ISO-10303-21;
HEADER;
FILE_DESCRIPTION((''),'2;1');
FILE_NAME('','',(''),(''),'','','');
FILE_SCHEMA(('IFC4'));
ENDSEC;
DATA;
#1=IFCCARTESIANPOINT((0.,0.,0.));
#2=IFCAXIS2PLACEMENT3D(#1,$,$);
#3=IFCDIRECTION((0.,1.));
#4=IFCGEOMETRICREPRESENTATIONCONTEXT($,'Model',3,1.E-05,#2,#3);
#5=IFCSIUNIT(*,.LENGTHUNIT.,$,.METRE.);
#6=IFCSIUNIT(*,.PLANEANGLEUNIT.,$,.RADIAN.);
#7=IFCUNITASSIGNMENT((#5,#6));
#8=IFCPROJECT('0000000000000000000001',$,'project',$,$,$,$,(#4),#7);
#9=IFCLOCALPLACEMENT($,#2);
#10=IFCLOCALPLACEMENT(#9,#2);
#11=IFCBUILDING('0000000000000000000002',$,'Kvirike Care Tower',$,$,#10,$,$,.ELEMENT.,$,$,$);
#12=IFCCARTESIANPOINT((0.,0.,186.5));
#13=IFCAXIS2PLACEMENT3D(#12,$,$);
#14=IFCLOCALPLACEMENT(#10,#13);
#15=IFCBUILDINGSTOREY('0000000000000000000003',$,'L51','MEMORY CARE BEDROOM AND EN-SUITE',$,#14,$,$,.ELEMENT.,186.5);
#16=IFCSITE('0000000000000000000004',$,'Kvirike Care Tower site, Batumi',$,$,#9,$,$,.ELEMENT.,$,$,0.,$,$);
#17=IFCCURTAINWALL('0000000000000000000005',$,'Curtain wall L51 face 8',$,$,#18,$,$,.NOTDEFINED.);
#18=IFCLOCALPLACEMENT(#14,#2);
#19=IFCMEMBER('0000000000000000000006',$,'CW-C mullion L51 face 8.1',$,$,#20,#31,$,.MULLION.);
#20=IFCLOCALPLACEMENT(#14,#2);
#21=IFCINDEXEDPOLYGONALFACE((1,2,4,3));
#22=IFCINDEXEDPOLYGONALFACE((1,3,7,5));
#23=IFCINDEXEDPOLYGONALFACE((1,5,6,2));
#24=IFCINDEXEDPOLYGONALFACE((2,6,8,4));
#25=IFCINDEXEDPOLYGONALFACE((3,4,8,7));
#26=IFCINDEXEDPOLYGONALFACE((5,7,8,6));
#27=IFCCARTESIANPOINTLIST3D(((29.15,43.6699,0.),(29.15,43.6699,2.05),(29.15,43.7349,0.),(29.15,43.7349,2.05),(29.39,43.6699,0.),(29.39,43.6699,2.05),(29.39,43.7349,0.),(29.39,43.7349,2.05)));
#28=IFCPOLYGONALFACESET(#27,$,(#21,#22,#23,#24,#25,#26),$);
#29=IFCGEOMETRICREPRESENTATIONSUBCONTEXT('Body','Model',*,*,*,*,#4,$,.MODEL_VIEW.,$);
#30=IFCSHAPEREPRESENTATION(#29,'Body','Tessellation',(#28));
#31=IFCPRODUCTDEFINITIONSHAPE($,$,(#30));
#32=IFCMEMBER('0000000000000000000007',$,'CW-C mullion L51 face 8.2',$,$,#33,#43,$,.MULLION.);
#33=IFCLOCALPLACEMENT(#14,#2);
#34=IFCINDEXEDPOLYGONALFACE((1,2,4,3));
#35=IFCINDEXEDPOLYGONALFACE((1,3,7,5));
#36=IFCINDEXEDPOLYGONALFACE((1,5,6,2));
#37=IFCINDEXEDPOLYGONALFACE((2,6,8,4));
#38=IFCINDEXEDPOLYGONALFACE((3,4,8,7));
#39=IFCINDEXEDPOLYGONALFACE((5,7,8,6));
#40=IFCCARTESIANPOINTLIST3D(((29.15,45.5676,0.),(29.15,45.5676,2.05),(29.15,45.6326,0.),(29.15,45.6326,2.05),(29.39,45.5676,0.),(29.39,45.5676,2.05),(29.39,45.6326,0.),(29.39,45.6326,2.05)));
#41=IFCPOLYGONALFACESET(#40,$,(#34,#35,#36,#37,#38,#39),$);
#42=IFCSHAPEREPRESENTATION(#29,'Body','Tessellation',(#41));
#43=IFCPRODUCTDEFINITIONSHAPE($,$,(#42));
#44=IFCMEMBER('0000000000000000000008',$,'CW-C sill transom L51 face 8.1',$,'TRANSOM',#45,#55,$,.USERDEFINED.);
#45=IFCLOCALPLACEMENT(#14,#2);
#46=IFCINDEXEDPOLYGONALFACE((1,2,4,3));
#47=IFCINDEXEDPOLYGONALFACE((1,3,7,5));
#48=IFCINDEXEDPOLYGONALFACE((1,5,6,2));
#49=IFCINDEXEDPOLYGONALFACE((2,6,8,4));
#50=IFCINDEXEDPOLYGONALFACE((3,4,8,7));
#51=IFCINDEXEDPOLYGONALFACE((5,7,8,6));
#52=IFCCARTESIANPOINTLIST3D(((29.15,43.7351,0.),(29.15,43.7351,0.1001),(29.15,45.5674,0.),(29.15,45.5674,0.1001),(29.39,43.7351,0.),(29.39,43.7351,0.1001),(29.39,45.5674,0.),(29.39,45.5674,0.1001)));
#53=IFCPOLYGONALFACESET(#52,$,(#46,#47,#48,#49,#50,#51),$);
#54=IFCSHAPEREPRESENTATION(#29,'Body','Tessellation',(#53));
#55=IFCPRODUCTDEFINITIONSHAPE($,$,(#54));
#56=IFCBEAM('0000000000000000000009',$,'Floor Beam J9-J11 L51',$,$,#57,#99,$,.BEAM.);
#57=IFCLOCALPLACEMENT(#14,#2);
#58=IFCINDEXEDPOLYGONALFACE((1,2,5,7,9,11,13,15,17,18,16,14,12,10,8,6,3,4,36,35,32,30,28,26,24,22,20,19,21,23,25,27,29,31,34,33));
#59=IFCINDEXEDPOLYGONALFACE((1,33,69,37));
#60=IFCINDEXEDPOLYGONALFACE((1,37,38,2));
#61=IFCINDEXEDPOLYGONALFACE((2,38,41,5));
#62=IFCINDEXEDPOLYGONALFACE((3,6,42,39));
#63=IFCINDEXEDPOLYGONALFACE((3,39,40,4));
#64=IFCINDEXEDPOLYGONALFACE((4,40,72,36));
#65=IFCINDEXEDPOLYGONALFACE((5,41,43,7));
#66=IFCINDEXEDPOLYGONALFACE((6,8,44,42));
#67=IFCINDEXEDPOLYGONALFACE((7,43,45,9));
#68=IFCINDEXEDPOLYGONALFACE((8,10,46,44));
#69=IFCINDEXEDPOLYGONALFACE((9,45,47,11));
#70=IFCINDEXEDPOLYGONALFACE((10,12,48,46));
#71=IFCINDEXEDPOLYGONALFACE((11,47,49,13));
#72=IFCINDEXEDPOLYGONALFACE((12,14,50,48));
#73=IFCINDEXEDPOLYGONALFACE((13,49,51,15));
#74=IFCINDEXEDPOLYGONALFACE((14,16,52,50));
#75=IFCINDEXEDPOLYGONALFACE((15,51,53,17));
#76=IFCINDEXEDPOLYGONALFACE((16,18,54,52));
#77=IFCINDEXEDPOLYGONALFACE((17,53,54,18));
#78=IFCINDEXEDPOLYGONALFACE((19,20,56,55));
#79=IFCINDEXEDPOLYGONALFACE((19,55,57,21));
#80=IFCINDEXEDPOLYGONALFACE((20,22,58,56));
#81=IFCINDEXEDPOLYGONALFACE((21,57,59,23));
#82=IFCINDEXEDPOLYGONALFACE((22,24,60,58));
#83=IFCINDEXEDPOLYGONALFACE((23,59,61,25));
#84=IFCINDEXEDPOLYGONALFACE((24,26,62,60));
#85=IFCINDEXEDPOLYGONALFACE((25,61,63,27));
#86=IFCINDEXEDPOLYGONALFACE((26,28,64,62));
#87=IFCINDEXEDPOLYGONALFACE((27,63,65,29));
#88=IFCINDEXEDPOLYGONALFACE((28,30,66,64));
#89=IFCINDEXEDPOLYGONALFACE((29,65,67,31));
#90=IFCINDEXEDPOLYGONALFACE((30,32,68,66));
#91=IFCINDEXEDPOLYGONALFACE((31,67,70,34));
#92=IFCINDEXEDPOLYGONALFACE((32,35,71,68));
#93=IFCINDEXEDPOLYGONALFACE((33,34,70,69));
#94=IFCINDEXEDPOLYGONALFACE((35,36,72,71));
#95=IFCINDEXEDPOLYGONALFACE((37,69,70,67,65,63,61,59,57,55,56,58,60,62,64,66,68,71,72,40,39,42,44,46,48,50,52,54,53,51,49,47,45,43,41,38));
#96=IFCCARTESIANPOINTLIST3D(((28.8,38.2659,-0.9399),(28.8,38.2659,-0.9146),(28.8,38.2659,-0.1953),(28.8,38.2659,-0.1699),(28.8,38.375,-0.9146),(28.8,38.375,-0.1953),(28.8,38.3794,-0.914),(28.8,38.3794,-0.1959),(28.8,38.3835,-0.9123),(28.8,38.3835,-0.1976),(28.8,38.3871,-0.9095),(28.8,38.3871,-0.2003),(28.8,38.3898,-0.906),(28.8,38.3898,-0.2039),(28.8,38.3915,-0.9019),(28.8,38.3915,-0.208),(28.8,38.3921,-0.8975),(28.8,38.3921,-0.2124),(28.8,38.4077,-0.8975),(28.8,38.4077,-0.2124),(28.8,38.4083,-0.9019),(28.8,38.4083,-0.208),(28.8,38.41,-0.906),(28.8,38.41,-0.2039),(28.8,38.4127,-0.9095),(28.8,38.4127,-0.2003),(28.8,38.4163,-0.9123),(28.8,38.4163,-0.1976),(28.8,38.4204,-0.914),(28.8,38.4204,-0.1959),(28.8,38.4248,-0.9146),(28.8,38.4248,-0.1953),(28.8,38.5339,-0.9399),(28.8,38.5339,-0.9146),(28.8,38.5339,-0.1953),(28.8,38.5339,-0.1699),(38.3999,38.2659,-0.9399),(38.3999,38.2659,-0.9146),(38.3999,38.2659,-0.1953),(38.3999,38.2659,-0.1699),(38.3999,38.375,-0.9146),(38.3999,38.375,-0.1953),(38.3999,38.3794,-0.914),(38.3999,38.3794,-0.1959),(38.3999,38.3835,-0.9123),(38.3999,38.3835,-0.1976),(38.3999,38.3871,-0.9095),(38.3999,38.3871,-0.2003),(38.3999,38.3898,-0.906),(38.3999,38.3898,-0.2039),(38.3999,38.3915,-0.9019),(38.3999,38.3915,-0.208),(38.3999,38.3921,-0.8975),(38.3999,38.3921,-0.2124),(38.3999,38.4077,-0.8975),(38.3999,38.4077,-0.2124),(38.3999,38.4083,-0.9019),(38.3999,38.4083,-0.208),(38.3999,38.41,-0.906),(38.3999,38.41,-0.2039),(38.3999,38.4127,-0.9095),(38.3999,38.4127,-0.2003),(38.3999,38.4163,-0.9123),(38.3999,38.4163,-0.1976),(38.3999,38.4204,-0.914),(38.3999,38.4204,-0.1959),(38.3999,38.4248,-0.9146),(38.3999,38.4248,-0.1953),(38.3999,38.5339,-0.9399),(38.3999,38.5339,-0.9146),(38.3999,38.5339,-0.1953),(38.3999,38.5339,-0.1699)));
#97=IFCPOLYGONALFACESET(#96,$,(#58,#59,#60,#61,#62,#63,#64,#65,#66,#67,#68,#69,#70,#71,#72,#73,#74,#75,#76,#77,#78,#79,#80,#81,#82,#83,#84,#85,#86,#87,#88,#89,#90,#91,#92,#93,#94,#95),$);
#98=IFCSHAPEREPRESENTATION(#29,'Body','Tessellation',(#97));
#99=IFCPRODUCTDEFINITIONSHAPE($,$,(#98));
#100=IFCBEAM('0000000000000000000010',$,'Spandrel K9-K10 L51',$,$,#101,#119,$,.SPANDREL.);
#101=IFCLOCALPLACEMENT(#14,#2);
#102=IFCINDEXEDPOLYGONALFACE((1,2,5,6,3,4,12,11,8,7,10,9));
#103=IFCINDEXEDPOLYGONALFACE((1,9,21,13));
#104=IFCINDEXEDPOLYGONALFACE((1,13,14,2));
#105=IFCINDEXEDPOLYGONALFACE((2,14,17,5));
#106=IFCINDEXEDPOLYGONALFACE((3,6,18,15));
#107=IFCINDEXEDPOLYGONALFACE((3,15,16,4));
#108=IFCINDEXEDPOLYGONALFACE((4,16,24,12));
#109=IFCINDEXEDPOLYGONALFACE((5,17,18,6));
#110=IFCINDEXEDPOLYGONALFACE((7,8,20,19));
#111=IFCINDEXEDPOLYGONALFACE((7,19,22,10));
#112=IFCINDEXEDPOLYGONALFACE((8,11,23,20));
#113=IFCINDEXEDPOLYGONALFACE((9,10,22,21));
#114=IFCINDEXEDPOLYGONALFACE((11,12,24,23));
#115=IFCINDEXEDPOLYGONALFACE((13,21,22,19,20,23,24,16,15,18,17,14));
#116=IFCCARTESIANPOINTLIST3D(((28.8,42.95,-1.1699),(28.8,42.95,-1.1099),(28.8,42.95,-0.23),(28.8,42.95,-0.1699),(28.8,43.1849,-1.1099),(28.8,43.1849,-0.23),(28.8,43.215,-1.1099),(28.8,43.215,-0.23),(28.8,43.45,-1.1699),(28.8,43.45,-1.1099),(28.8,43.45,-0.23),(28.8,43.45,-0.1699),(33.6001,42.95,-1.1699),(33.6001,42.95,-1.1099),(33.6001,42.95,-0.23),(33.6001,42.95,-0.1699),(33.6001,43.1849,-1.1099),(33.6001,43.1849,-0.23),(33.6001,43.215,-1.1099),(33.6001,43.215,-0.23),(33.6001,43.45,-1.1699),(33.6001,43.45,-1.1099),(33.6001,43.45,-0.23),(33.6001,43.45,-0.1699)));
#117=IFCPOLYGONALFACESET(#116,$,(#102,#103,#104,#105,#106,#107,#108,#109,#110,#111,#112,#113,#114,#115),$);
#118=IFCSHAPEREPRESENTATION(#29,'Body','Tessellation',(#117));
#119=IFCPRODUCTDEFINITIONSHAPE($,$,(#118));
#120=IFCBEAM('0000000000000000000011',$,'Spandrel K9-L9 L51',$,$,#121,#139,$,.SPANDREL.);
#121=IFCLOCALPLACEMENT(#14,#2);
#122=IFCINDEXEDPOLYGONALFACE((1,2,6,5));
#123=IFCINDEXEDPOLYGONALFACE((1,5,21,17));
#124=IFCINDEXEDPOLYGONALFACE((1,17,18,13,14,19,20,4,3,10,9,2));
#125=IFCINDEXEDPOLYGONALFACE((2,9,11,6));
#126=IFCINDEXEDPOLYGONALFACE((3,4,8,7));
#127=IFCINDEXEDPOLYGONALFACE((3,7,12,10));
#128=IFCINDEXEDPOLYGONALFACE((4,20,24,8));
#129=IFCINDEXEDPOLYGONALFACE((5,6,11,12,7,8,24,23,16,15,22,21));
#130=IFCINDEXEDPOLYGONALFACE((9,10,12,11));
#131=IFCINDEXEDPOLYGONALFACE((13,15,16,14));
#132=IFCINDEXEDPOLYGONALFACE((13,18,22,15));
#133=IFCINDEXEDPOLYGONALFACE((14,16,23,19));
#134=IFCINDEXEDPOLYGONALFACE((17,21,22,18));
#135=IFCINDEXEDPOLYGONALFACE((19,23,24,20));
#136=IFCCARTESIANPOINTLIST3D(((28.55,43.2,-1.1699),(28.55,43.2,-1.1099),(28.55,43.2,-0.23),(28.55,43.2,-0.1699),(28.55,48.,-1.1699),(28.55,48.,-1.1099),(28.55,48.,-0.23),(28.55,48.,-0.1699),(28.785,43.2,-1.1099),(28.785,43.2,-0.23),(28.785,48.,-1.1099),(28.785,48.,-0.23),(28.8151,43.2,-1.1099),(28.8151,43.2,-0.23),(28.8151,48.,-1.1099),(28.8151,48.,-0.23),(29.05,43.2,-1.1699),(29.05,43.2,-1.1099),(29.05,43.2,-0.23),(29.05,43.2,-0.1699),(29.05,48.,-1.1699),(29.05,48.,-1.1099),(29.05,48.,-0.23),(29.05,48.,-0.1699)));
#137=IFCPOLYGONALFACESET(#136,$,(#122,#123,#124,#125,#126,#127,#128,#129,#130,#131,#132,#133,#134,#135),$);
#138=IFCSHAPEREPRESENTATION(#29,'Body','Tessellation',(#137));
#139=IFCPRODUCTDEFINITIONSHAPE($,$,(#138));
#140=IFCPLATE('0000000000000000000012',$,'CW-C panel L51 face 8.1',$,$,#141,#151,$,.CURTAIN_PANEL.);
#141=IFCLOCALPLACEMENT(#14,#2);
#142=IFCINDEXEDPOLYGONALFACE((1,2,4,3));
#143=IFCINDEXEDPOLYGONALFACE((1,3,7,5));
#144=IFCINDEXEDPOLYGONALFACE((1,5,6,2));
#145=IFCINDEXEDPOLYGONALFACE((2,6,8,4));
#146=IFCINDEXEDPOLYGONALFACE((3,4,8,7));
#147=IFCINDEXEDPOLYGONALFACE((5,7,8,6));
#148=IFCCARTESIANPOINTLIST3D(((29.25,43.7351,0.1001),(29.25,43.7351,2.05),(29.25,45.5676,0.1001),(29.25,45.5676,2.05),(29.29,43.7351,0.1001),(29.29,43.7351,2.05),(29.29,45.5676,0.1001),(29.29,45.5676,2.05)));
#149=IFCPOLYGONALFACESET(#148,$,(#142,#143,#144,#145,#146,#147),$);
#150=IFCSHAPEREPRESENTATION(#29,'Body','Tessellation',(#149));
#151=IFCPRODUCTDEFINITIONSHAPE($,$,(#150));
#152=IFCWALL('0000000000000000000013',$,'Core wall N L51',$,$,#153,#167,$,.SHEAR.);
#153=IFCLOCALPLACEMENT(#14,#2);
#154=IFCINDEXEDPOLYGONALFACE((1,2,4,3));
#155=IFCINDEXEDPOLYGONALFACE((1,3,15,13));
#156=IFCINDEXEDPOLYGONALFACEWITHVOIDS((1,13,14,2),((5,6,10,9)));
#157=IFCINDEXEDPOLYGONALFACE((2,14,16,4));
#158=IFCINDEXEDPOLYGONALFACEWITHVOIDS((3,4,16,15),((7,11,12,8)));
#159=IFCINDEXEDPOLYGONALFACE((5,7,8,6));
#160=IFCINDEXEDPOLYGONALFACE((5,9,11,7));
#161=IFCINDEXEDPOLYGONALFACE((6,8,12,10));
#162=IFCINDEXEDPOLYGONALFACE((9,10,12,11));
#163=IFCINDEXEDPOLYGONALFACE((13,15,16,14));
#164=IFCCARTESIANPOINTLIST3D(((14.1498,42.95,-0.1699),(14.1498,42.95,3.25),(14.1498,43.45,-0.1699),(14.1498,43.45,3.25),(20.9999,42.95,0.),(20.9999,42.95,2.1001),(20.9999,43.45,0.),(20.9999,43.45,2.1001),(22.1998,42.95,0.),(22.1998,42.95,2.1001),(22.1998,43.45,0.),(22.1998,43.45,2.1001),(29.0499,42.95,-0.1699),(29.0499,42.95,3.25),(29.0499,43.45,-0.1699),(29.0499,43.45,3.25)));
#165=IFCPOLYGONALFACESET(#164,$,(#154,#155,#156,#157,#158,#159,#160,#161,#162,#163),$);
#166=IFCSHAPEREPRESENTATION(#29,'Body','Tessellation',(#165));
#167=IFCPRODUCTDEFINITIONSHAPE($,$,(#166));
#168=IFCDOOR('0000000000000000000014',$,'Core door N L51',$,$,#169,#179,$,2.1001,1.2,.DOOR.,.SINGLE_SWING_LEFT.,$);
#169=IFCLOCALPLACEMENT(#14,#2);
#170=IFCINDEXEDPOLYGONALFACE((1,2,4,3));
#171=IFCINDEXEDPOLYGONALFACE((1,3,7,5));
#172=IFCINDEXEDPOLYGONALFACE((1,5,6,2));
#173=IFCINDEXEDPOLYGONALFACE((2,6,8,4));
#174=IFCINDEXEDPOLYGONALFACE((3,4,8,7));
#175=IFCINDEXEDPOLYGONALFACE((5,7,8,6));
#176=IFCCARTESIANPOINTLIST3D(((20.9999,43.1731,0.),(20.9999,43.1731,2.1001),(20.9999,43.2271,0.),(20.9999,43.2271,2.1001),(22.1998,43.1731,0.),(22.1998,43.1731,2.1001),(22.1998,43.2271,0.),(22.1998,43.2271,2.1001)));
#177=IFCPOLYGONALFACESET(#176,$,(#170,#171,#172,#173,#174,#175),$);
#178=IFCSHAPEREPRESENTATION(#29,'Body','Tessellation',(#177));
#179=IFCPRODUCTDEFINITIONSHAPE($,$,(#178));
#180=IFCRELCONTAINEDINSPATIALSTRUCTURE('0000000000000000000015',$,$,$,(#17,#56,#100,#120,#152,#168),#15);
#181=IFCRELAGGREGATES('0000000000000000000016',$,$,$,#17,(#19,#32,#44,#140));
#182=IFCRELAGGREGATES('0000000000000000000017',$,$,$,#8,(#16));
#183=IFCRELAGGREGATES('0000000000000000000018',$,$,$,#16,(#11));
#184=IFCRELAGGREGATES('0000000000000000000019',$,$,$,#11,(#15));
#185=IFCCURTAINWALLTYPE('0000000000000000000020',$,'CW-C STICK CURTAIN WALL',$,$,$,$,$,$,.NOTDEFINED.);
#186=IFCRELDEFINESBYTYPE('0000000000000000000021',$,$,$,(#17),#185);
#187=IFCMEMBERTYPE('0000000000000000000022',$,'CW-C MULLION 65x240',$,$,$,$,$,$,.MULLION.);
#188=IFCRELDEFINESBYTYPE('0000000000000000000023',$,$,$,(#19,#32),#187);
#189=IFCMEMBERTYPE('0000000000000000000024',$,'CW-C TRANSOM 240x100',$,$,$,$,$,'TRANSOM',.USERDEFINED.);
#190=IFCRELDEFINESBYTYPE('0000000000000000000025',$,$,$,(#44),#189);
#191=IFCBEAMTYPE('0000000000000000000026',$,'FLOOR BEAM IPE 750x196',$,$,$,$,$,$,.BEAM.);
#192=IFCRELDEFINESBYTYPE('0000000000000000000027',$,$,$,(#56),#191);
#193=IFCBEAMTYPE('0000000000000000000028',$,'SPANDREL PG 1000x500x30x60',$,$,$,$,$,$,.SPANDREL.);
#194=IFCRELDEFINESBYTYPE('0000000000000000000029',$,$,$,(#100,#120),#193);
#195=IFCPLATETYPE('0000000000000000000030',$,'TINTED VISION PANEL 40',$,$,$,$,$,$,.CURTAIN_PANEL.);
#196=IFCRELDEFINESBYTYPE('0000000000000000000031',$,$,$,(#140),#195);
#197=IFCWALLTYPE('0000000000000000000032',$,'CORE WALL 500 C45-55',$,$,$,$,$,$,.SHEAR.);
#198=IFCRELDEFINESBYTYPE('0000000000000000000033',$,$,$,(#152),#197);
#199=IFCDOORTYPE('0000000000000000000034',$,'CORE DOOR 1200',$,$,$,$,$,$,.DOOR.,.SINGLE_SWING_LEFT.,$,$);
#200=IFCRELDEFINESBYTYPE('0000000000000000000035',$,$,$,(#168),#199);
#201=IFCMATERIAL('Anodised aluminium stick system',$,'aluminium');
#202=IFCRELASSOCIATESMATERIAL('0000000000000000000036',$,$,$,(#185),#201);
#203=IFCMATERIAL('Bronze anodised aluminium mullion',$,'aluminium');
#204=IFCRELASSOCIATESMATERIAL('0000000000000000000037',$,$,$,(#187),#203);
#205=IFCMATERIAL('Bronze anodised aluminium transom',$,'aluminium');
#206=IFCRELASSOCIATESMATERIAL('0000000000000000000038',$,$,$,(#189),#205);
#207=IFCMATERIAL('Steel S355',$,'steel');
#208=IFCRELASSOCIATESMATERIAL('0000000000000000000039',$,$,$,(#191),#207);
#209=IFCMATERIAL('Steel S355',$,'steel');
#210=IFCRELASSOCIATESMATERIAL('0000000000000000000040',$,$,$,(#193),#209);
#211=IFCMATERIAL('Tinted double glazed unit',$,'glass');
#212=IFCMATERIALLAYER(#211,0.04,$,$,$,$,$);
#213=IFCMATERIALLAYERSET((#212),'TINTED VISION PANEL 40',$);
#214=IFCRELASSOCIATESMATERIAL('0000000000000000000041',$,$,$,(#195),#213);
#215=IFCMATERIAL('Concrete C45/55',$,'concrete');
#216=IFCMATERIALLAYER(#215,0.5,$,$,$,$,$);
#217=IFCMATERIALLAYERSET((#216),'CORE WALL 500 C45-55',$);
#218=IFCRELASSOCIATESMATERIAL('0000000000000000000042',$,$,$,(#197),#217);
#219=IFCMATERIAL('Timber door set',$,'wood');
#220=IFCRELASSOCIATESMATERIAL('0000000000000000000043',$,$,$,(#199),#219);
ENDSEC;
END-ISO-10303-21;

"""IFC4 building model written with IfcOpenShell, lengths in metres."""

from ifc_helpers import new_model, si_unit, direction, frame, frame_2d, origin, origin_2d, place, context, subcontext, project, spatial, rectangle, i_section, extrude, material, layer, layer_set, material_profile, profile_set, type_object, element, fill, aggregate, save


model = new_model("IFC4")

# Units and contexts
model_context = context("Model", 3, precision=1e-05, world=origin(), true_north=direction((0.0, 1.0)))
body_context = subcontext(model_context, "Body", "Model", "MODEL_VIEW")
ifc_project = project(units=[si_unit("LENGTHUNIT", "METRE"), si_unit("PLANEANGLEUNIT", "RADIAN")], contexts=[model_context])

# Site, building, storey
site_placement = place(None, origin())
site = spatial("IfcSite", under=ifc_project, at=site_placement, Name="Kvirike Care Tower site, Batumi", CompositionType="ELEMENT", RefElevation=0.0)
building_placement = place(site_placement, origin())
building = spatial("IfcBuilding", under=site, at=building_placement, Name="Kvirike Care Tower", CompositionType="ELEMENT")
storey_placement = place(building_placement, frame((0.0, 0.0, 186.5)))
storey = spatial("IfcBuildingStorey", under=building, at=storey_placement, Name="L51", Description="MEMORY CARE BEDROOM AND EN-SUITE", CompositionType="ELEMENT", Elevation=186.5)

# Curtain wall, members
ifc_material_1 = material(Name="Anodised aluminium stick system", Category="aluminium")
curtain_wall_type = type_object("IfcCurtainWallType", Name="CW-C STICK CURTAIN WALL", PredefinedType="NOTDEFINED", material=ifc_material_1)
curtain_wall_placement = place(storey_placement, origin())
curtain_wall = element("IfcCurtainWall", 1, at=curtain_wall_placement, inside=storey, type_object=curtain_wall_type, Name="Curtain wall L51 face 8", PredefinedType="NOTDEFINED")
ifc_material_2 = material(Name="Bronze anodised aluminium mullion", Category="aluminium")
ifc_material_profile_1 = material_profile(ifc_material_2, rectangle(XDim=0.0649, YDim=0.24, at=origin_2d()), Name="CW-C MULLION 65x240")
ifc_profile_set_1 = profile_set([ifc_material_profile_1], Name="Bronze anodised aluminium mullion")
member_type_1 = type_object("IfcMemberType", Name="CW-C MULLION 65x240", PredefinedType="MULLION", material=ifc_profile_set_1)
member_1_placement = place(storey_placement, frame((29.27, 43.7024, 0.0), z_axis=(0.0, 0.0, 1.0), x_axis=(0.0, 1.0, 0.0)))
member_1 = element("IfcMember", 2, at=member_1_placement, type_object=member_type_1, Name="CW-C mullion L51 face 8.1", PredefinedType="MULLION", context=body_context, shape_type="SweptSolid", body=[
    extrude(rectangle(XDim=0.0649, YDim=0.24, at=origin_2d()), origin(), (0.0, 0.0, 1.0), 2.05),
])
member_2_placement = place(storey_placement, frame((29.27, 45.6001, 0.0), z_axis=(0.0, 0.0, 1.0), x_axis=(0.0, 1.0, 0.0)))
member_2 = element("IfcMember", 3, at=member_2_placement, type_object=member_type_1, Name="CW-C mullion L51 face 8.2", PredefinedType="MULLION", context=body_context, shape_type="SweptSolid", body=[
    extrude(rectangle(XDim=0.0649, YDim=0.24, at=origin_2d()), origin(), (0.0, 0.0, 1.0), 2.05),
])
ifc_material_3 = material(Name="Bronze anodised aluminium transom", Category="aluminium")
ifc_material_profile_2 = material_profile(ifc_material_3, rectangle(XDim=0.24, YDim=0.1001, at=origin_2d()), Name="CW-C TRANSOM 240x100")
ifc_profile_set_2 = profile_set([ifc_material_profile_2], Name="Bronze anodised aluminium transom")
member_type_2 = type_object("IfcMemberType", Name="CW-C TRANSOM 240x100", ElementType="TRANSOM", PredefinedType="USERDEFINED", material=ifc_profile_set_2)
member_3_placement = place(storey_placement, frame((29.27, 43.7351, 0.05), z_axis=(0.0, 1.0, 0.0), x_axis=(-1.0, 0.0, 0.0)))
member_3 = element("IfcMember", 4, at=member_3_placement, type_object=member_type_2, Name="CW-C sill transom L51 face 8.1", ObjectType="TRANSOM", PredefinedType="USERDEFINED", context=body_context, shape_type="SweptSolid", body=[
    extrude(rectangle(XDim=0.24, YDim=0.1001, at=origin_2d()), origin(), (0.0, 0.0, 1.0), 1.8323),
])

# Beams
ifc_material_4 = material(Name="Steel S355", Category="steel")
ifc_material_profile_3 = material_profile(ifc_material_4, i_section(OverallWidth=0.2681, OverallDepth=0.77, WebThickness=0.0156, FlangeThickness=0.0254, FilletRadius=0.0171, at=origin_2d()), Name="IPE 750x196")
ifc_profile_set_3 = profile_set([ifc_material_profile_3], Name="Steel S355")
beam_type_1 = type_object("IfcBeamType", Name="FLOOR BEAM IPE 750x196", PredefinedType="BEAM", material=ifc_profile_set_3)
beam_placement = place(storey_placement, frame((28.8, 38.3999, -0.5549), z_axis=(1.0, 0.0, 0.0), x_axis=(0.0, 1.0, 0.0)))
element("IfcBeam", 5, at=beam_placement, inside=storey, type_object=beam_type_1, Name="Floor Beam J9-J11 L51", PredefinedType="BEAM", context=body_context, shape_type="SweptSolid", body=[
    extrude(i_section(OverallWidth=0.2681, OverallDepth=0.77, WebThickness=0.0156, FlangeThickness=0.0254, FilletRadius=0.0171, at=origin_2d()), origin(), (0.0, 0.0, 1.0), 9.5999),
])
ifc_material_5 = material(Name="Steel S355", Category="steel")
ifc_material_profile_4 = material_profile(ifc_material_5, i_section(OverallWidth=0.5, OverallDepth=1.0, WebThickness=0.03, FlangeThickness=0.0601, at=origin_2d()), Name="PG 1000x500x30x60")
ifc_profile_set_4 = profile_set([ifc_material_profile_4], Name="Steel S355")
beam_type_2 = type_object("IfcBeamType", Name="SPANDREL PG 1000x500x30x60", PredefinedType="SPANDREL", material=ifc_profile_set_4)
for number, where, z_axis, x_axis, name in (
    (6, (28.8, 43.2, -0.6699), (1.0, 0.0, 0.0), (0.0, 1.0, 0.0), "Spandrel K9-K10 L51"),
    (7, (28.8, 43.2, -0.6699), (0.0, 1.0, 0.0), (-1.0, 0.0, 0.0), "Spandrel K9-L9 L51"),
):
    element("IfcBeam", number, at=place(storey_placement, frame(where, z_axis=z_axis, x_axis=x_axis)), inside=storey, type_object=beam_type_2, Name=name, PredefinedType="SPANDREL", context=body_context, shape_type="SweptSolid", body=[
        extrude(i_section(OverallWidth=0.5, OverallDepth=1.0, WebThickness=0.03, FlangeThickness=0.0601, at=origin_2d()), origin(), (0.0, 0.0, 1.0), 4.8),
    ])

# Plate
ifc_material_6 = material(Name="Tinted double glazed unit", Category="glass")
ifc_layer_1 = layer(ifc_material_6, 0.04)
ifc_layer_set_1 = layer_set([ifc_layer_1], Name="TINTED VISION PANEL 40")
plate_type = type_object("IfcPlateType", Name="TINTED VISION PANEL 40", PredefinedType="CURTAIN_PANEL", material=ifc_layer_set_1)
plate_placement = place(storey_placement, frame((29.27, 44.6514, 0.1001), z_axis=(0.0, 0.0, 1.0), x_axis=(0.0, 1.0, 0.0)))
plate = element("IfcPlate", 8, at=plate_placement, type_object=plate_type, Name="CW-C panel L51 face 8.1", PredefinedType="CURTAIN_PANEL", context=body_context, shape_type="SweptSolid", body=[
    extrude(rectangle(XDim=1.8325, YDim=0.04, at=origin_2d()), origin(), (0.0, 0.0, 1.0), 1.95),
])
aggregate(curtain_wall, [member_1, member_2, member_3, plate])

# Wall, opening, door
ifc_material_7 = material(Name="Concrete C45/55", Category="concrete")
ifc_layer_2 = layer(ifc_material_7, 0.5)
ifc_layer_set_2 = layer_set([ifc_layer_2], Name="CORE WALL 500 C45-55")
wall_type_1 = type_object("IfcWallType", Name="CORE WALL 500 C45-55", PredefinedType="SHEAR", material=ifc_layer_set_2)
wall_1_placement = place(storey_placement, frame((29.05, 43.2, -0.1699), z_axis=(0.0, 0.0, 1.0), x_axis=(-1.0, 0.0, 0.0)))
wall_1 = element("IfcWall", 9, at=wall_1_placement, inside=storey, type_object=wall_type_1, Name="Core wall N L51", PredefinedType="SHEAR", context=body_context, shape_type="SweptSolid", body=[
    extrude(rectangle(XDim=14.9001, YDim=0.5, at=frame_2d((7.4502, 0.0))), origin(), (0.0, 0.0, 1.0), 3.4199),
])
opening_1_placement = place(wall_1_placement, frame((6.8501, 0.0, 0.1699)))
opening_1 = element("IfcOpeningElement", 10, at=opening_1_placement, cuts=wall_1, PredefinedType="OPENING", context=body_context, shape_type="SweptSolid", body=[
    extrude(rectangle(XDim=1.2, YDim=2.1001, at=frame_2d((0.6001, 1.05))), frame((0.0, 0.2605, 0.0), z_axis=(0.0, -1.0, 0.0), x_axis=(1.0, 0.0, 0.0)), (0.0, 0.0, 1.0), 0.521),
])
ifc_material_8 = material(Name="Timber door set", Category="wood")
door_type_1 = type_object("IfcDoorType", Name="CORE DOOR 1200", OperationType="SINGLE_SWING_LEFT", PredefinedType="DOOR", material=ifc_material_8)
door_1_placement = place(opening_1_placement, origin())
door_1 = element("IfcDoor", 11, at=door_1_placement, inside=storey, type_object=door_type_1, Name="Core door N L51", OperationType="SINGLE_SWING_LEFT", OverallHeight=2.1001, OverallWidth=1.2, PredefinedType="DOOR", context=body_context, shape_type="SweptSolid", body=[
    extrude(rectangle(XDim=1.2, YDim=2.1001, at=frame_2d((0.6001, 1.05))), frame((0.0, 0.0269, 0.0), z_axis=(0.0, -1.0, 0.0), x_axis=(1.0, 0.0, 0.0)), (0.0, 0.0, 1.0), 0.054),
])
fill(opening_1, door_1)

save(model, "model.ifc")
